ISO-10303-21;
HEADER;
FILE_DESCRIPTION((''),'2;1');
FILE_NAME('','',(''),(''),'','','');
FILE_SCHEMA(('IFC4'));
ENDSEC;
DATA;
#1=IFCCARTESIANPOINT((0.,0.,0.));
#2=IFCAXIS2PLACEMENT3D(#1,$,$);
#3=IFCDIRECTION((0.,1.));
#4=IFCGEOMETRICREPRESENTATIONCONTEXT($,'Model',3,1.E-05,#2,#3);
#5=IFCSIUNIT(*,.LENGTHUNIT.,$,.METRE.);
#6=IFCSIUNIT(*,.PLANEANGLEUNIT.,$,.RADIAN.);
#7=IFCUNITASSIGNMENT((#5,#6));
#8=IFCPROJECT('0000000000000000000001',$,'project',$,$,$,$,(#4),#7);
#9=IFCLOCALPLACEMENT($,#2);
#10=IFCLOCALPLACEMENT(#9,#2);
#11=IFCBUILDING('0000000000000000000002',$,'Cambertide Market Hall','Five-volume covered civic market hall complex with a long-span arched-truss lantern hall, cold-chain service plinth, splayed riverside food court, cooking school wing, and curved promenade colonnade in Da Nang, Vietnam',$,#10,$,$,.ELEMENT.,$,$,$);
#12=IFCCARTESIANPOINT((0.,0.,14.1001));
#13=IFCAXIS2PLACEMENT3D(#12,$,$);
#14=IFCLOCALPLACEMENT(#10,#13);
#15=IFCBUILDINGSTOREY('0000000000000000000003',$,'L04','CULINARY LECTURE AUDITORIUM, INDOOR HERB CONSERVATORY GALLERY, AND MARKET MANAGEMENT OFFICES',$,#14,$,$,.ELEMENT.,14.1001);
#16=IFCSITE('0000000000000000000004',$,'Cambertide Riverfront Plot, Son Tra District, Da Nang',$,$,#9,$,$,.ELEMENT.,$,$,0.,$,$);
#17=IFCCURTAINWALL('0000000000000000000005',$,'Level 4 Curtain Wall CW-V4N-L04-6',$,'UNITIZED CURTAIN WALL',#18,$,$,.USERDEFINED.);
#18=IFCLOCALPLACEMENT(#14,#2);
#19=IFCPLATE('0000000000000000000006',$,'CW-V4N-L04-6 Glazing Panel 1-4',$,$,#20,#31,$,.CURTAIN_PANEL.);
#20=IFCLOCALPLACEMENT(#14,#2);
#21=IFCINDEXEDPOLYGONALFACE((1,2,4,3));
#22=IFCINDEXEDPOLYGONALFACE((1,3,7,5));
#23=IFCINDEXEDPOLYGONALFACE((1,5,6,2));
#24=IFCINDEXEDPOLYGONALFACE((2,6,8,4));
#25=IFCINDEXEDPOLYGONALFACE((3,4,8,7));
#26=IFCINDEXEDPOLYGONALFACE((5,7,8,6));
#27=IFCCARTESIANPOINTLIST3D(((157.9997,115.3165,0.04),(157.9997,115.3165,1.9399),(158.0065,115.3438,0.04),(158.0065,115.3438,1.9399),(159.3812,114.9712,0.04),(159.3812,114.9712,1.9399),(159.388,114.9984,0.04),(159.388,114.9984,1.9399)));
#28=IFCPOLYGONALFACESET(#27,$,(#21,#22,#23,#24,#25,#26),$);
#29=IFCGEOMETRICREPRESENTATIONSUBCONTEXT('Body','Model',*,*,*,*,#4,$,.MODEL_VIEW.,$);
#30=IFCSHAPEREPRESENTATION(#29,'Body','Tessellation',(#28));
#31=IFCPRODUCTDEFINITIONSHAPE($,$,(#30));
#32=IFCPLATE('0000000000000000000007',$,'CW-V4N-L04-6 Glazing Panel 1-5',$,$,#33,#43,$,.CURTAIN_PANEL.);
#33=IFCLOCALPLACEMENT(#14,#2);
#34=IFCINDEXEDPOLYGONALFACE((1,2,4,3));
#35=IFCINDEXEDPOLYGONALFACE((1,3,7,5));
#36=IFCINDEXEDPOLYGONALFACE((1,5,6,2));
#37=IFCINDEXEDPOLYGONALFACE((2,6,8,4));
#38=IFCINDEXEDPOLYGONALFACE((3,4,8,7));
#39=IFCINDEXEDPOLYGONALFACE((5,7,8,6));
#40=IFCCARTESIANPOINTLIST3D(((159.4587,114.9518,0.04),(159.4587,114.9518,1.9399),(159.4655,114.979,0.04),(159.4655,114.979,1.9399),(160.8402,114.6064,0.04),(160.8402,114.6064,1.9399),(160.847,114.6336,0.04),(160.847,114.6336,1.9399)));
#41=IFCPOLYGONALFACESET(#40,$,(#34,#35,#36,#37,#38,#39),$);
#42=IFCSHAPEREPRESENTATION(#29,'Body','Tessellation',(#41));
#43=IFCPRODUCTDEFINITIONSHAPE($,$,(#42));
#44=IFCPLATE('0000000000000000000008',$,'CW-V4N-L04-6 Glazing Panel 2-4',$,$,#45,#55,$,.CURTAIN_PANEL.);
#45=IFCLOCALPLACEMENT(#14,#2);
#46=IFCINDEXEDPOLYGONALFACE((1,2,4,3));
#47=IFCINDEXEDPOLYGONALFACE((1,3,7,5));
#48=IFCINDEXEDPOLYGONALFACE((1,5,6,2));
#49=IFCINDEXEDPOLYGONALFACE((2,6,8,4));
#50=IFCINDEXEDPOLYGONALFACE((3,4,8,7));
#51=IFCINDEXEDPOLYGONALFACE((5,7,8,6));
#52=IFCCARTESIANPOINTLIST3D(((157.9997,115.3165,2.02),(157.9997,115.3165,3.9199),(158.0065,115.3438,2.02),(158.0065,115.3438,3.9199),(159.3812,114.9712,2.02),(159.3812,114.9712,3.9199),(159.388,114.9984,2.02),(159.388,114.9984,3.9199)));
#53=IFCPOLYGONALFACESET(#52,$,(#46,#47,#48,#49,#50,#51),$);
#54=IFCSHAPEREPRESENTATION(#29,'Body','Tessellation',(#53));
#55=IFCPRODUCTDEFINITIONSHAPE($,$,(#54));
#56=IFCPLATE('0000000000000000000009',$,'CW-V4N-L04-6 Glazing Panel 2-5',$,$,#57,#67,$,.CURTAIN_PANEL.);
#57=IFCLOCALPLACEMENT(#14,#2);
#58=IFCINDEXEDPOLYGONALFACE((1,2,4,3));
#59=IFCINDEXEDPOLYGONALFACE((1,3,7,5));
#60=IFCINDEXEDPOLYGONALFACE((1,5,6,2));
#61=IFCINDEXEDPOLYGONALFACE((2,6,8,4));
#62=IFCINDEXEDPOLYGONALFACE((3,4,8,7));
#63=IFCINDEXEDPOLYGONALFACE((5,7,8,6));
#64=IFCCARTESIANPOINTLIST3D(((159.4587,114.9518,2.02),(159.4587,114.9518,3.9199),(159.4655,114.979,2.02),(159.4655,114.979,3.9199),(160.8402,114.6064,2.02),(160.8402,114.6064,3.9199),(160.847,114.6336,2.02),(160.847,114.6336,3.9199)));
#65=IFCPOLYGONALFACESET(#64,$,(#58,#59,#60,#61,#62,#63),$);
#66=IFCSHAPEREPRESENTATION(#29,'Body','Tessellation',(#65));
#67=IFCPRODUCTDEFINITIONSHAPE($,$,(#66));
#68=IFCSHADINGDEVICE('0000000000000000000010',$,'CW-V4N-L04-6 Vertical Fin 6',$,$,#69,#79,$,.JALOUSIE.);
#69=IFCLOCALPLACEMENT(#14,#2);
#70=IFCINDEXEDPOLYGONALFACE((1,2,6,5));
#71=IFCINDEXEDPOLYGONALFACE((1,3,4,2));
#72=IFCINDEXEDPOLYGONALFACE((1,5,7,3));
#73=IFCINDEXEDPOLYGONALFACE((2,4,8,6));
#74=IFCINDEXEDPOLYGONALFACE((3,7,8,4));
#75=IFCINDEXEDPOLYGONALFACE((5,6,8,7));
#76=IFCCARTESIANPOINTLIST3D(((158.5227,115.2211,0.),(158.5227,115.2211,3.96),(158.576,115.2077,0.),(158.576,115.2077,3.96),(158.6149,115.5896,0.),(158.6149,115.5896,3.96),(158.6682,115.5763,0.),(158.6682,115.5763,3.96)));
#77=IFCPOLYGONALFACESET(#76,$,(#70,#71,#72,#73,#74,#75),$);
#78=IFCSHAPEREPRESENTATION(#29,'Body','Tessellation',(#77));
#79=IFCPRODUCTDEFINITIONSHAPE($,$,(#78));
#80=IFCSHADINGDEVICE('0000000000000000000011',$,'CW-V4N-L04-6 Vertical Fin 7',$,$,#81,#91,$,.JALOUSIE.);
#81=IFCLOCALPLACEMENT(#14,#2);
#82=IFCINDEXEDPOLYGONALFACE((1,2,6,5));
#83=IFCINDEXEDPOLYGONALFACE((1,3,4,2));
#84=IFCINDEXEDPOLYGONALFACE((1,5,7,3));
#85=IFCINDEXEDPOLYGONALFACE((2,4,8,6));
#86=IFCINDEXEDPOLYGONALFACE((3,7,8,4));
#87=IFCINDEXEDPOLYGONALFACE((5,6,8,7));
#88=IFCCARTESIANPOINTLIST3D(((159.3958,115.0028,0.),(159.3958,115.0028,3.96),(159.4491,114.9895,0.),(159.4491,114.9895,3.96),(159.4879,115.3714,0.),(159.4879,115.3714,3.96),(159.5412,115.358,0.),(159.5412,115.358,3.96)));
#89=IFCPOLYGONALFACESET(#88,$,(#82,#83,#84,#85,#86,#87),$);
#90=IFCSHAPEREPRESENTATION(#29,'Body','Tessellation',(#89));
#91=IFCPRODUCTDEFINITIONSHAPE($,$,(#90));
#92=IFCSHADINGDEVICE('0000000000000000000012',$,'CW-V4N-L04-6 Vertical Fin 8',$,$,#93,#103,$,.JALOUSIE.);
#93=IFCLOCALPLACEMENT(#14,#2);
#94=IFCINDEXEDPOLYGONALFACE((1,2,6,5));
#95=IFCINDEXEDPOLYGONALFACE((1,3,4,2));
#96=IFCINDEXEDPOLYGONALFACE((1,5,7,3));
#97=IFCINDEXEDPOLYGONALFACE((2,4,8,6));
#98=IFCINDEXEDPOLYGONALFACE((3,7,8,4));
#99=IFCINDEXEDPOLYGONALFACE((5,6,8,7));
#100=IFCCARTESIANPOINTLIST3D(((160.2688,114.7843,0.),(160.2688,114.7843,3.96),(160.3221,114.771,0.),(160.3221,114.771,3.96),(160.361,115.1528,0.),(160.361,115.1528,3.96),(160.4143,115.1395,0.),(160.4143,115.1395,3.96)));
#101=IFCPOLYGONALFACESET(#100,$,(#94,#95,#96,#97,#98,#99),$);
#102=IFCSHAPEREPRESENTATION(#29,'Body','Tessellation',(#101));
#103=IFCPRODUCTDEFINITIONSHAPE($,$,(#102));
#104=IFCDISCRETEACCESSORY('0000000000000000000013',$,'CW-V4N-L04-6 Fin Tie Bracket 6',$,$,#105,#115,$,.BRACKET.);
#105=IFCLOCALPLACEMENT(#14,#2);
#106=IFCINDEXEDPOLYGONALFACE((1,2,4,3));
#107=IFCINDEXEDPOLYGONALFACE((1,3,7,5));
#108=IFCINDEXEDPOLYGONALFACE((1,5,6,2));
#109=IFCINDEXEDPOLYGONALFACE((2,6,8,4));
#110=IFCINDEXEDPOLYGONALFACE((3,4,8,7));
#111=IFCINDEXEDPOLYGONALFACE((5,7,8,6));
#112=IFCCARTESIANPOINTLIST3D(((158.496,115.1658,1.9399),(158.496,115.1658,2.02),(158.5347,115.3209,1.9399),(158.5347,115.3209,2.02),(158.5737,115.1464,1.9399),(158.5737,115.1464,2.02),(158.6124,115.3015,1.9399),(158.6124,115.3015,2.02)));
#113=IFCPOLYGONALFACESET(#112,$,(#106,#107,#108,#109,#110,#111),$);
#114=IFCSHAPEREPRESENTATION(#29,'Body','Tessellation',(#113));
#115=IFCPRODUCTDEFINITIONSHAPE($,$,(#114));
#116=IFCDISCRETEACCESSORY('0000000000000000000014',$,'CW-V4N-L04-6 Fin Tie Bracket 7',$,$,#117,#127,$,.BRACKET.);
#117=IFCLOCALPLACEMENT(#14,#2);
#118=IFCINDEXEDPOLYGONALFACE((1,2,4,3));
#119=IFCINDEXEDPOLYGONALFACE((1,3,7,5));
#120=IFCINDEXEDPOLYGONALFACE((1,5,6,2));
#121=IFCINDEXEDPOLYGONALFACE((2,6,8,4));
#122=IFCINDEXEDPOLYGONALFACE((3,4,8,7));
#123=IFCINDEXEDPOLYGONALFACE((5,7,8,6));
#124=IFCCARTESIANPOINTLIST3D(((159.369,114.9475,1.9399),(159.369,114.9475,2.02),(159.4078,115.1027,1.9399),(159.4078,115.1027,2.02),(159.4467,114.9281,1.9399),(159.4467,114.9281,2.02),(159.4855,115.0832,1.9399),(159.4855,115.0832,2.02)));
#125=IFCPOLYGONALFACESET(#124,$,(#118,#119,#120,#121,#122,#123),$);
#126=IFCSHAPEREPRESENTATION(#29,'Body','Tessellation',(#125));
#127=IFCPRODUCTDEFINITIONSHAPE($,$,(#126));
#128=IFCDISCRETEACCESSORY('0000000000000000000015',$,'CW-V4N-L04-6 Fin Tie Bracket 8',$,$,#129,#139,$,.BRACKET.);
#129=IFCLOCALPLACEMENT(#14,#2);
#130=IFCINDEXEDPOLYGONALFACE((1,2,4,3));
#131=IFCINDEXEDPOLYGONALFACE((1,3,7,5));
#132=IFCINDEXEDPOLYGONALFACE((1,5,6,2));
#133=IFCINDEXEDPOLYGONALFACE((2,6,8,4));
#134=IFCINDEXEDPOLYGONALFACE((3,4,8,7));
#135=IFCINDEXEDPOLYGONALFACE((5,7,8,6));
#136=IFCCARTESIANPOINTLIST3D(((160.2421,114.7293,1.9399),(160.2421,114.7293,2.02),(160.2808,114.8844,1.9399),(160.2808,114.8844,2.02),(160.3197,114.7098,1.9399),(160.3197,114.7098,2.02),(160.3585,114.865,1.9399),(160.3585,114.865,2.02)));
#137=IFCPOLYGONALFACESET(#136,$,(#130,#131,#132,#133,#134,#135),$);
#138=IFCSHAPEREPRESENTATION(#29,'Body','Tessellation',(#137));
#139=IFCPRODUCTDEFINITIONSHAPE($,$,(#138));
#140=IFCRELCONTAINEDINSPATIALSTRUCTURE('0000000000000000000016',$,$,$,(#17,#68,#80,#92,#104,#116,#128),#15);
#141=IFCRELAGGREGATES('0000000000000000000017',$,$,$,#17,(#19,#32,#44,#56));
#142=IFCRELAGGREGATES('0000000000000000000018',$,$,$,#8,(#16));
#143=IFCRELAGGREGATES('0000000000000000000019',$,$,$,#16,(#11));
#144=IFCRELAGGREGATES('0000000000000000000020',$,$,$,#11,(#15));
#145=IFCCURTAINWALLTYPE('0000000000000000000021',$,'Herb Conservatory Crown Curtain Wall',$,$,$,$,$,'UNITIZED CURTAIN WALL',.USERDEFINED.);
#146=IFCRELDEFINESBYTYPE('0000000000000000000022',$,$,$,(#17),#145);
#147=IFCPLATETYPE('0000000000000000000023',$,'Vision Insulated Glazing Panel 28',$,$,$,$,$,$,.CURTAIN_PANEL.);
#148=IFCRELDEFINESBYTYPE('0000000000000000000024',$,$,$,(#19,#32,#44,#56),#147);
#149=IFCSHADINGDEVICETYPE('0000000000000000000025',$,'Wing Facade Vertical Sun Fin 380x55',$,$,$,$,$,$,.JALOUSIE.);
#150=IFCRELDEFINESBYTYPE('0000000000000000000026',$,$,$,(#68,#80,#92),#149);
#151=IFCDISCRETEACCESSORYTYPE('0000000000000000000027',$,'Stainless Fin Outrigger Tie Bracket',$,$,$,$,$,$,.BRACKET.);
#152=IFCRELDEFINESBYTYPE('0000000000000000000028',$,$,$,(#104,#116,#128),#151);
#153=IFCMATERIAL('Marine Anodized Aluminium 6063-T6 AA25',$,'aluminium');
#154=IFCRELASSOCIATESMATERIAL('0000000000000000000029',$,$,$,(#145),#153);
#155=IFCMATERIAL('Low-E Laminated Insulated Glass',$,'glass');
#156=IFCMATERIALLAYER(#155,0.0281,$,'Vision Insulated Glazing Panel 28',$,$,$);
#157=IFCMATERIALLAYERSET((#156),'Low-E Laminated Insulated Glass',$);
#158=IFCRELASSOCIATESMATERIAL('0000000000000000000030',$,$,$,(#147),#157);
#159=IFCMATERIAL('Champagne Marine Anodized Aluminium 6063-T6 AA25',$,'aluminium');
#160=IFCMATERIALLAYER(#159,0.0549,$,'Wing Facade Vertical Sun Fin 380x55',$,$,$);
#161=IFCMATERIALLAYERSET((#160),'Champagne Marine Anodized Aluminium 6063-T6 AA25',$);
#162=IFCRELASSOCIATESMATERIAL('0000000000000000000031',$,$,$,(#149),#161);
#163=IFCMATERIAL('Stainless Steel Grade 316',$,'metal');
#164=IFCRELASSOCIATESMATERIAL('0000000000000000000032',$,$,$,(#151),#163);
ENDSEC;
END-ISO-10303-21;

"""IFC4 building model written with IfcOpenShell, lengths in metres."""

from ifc_helpers import new_model, si_unit, direction, frame, origin, origin_2d, place, context, subcontext, project, spatial, rectangle, extrude, material, layer, layer_set, type_object, element, aggregate, save


model = new_model("IFC4")

# Units and contexts
model_context = context("Model", 3, precision=1e-05, world=origin(), true_north=direction((0.0, 1.0)))
body_context = subcontext(model_context, "Body", "Model", "MODEL_VIEW")
ifc_project = project(units=[si_unit("LENGTHUNIT", "METRE"), si_unit("PLANEANGLEUNIT", "RADIAN")], contexts=[model_context])

# Site, building, storey
site_placement = place(None, origin())
site = spatial("IfcSite", under=ifc_project, at=site_placement, Name="Cambertide Riverfront Plot, Son Tra District, Da Nang", CompositionType="ELEMENT", RefElevation=0.0)
building_placement = place(site_placement, origin())
building = spatial("IfcBuilding", under=site, at=building_placement, Name="Cambertide Market Hall", Description="Five-volume covered civic market hall complex with a long-span arched-truss lantern hall, cold-chain service plinth, splayed riverside food court, cooking school wing, and curved promenade colonnade in Da Nang, Vietnam", CompositionType="ELEMENT")
storey_placement = place(building_placement, frame((0.0, 0.0, 14.1001)))
storey = spatial("IfcBuildingStorey", under=building, at=storey_placement, Name="L04", Description="CULINARY LECTURE AUDITORIUM, INDOOR HERB CONSERVATORY GALLERY, AND MARKET MANAGEMENT OFFICES", CompositionType="ELEMENT", Elevation=14.1001)

# Curtain wall
ifc_material_1 = material(Name="Marine Anodized Aluminium 6063-T6 AA25", Category="aluminium")
curtain_wall_type = type_object("IfcCurtainWallType", Name="Herb Conservatory Crown Curtain Wall", ElementType="UNITIZED CURTAIN WALL", PredefinedType="USERDEFINED", material=ifc_material_1)
curtain_wall_placement = place(storey_placement, origin())
curtain_wall = element("IfcCurtainWall", 1, at=curtain_wall_placement, inside=storey, type_object=curtain_wall_type, Name="Level 4 Curtain Wall CW-V4N-L04-6", ObjectType="UNITIZED CURTAIN WALL", PredefinedType="USERDEFINED")

# Plates
ifc_material_2 = material(Name="Low-E Laminated Insulated Glass", Category="glass")
ifc_layer_1 = layer(ifc_material_2, 0.0281, Name="Vision Insulated Glazing Panel 28")
ifc_layer_set_1 = layer_set([ifc_layer_1], Name="Low-E Laminated Insulated Glass")
plate_type = type_object("IfcPlateType", Name="Vision Insulated Glazing Panel 28", PredefinedType="CURTAIN_PANEL", material=ifc_layer_set_1)
plate_1_placement = place(storey_placement, frame((158.6938, 115.1575, 0.04), z_axis=(0.0, 0.0, 1.0), x_axis=(0.970143, -0.242536, 0.0)))
plate_1 = element("IfcPlate", 2, at=plate_1_placement, type_object=plate_type, Name="CW-V4N-L04-6 Glazing Panel 1-4", PredefinedType="CURTAIN_PANEL", context=body_context, shape_type="SweptSolid", body=[
    extrude(rectangle(XDim=1.4241, YDim=0.0281, at=origin_2d()), origin(), (0.0, 0.0, 1.0), 1.8999),
])
plate_2_placement = place(storey_placement, frame((160.1528, 114.7927, 0.04), z_axis=(0.0, 0.0, 1.0), x_axis=(0.970143, -0.242536, 0.0)))
plate_2 = element("IfcPlate", 3, at=plate_2_placement, type_object=plate_type, Name="CW-V4N-L04-6 Glazing Panel 1-5", PredefinedType="CURTAIN_PANEL", context=body_context, shape_type="SweptSolid", body=[
    extrude(rectangle(XDim=1.4241, YDim=0.0281, at=origin_2d()), origin(), (0.0, 0.0, 1.0), 1.8999),
])
plate_3_placement = place(storey_placement, frame((158.6938, 115.1575, 2.02), z_axis=(0.0, 0.0, 1.0), x_axis=(0.970143, -0.242536, 0.0)))
plate_3 = element("IfcPlate", 4, at=plate_3_placement, type_object=plate_type, Name="CW-V4N-L04-6 Glazing Panel 2-4", PredefinedType="CURTAIN_PANEL", context=body_context, shape_type="SweptSolid", body=[
    extrude(rectangle(XDim=1.4241, YDim=0.0281, at=origin_2d()), origin(), (0.0, 0.0, 1.0), 1.8999),
])
plate_4_placement = place(storey_placement, frame((160.1528, 114.7927, 2.02), z_axis=(0.0, 0.0, 1.0), x_axis=(0.970143, -0.242536, 0.0)))
plate_4 = element("IfcPlate", 5, at=plate_4_placement, type_object=plate_type, Name="CW-V4N-L04-6 Glazing Panel 2-5", PredefinedType="CURTAIN_PANEL", context=body_context, shape_type="SweptSolid", body=[
    extrude(rectangle(XDim=1.4241, YDim=0.0281, at=origin_2d()), origin(), (0.0, 0.0, 1.0), 1.8999),
])
aggregate(curtain_wall, [plate_1, plate_2, plate_3, plate_4])

# Shading devices
ifc_material_3 = material(Name="Champagne Marine Anodized Aluminium 6063-T6 AA25", Category="aluminium")
ifc_layer_2 = layer(ifc_material_3, 0.0549, Name="Wing Facade Vertical Sun Fin 380x55")
ifc_layer_set_2 = layer_set([ifc_layer_2], Name="Champagne Marine Anodized Aluminium 6063-T6 AA25")
shading_device_type = type_object("IfcShadingDeviceType", Name="Wing Facade Vertical Sun Fin 380x55", PredefinedType="JALOUSIE", material=ifc_layer_set_2)
for number, where, z_axis, x_axis, name in (
    (6, (158.5955, 115.3987, 0.0), (0.0, 0.0, 1.0), (0.970143, -0.242536, 0.0), "CW-V4N-L04-6 Vertical Fin 6"),
    (7, (159.4685, 115.1804, 0.0), (0.0, 0.0, 1.0), (0.970143, -0.242536, 0.0), "CW-V4N-L04-6 Vertical Fin 7"),
    (8, (160.3416, 114.9619, 0.0), (0.0, 0.0, 1.0), (0.970143, -0.242536, 0.0), "CW-V4N-L04-6 Vertical Fin 8"),
):
    element("IfcShadingDevice", number, at=place(storey_placement, frame(where, z_axis=z_axis, x_axis=x_axis)), inside=storey, type_object=shading_device_type, Name=name, PredefinedType="JALOUSIE", context=body_context, shape_type="SweptSolid", body=[
        extrude(rectangle(XDim=0.0549, YDim=0.3799, at=origin_2d()), origin(), (0.0, 0.0, 1.0), 3.96),
    ])

# Discrete accessories
ifc_material_4 = material(Name="Stainless Steel Grade 316", Category="metal")
discrete_accessory_type = type_object("IfcDiscreteAccessoryType", Name="Stainless Fin Outrigger Tie Bracket", PredefinedType="BRACKET", material=ifc_material_4)
for number, where, z_axis, x_axis, name in (
    (9, (158.5542, 115.2336, 1.9399), (0.0, 0.0, 1.0), (0.970143, -0.242536, 0.0), "CW-V4N-L04-6 Fin Tie Bracket 6"),
    (10, (159.4272, 115.0154, 1.9399), (0.0, 0.0, 1.0), (0.970143, -0.242536, 0.0), "CW-V4N-L04-6 Fin Tie Bracket 7"),
    (11, (160.3003, 114.7971, 1.9399), (0.0, 0.0, 1.0), (0.970143, -0.242536, 0.0), "CW-V4N-L04-6 Fin Tie Bracket 8"),
):
    element("IfcDiscreteAccessory", number, at=place(storey_placement, frame(where, z_axis=z_axis, x_axis=x_axis)), inside=storey, type_object=discrete_accessory_type, Name=name, PredefinedType="BRACKET", context=body_context, shape_type="SweptSolid", body=[
        extrude(rectangle(XDim=0.0801, YDim=0.1599, at=origin_2d()), origin(), (0.0, 0.0, 1.0), 0.0801),
    ])

save(model, "model.ifc")
